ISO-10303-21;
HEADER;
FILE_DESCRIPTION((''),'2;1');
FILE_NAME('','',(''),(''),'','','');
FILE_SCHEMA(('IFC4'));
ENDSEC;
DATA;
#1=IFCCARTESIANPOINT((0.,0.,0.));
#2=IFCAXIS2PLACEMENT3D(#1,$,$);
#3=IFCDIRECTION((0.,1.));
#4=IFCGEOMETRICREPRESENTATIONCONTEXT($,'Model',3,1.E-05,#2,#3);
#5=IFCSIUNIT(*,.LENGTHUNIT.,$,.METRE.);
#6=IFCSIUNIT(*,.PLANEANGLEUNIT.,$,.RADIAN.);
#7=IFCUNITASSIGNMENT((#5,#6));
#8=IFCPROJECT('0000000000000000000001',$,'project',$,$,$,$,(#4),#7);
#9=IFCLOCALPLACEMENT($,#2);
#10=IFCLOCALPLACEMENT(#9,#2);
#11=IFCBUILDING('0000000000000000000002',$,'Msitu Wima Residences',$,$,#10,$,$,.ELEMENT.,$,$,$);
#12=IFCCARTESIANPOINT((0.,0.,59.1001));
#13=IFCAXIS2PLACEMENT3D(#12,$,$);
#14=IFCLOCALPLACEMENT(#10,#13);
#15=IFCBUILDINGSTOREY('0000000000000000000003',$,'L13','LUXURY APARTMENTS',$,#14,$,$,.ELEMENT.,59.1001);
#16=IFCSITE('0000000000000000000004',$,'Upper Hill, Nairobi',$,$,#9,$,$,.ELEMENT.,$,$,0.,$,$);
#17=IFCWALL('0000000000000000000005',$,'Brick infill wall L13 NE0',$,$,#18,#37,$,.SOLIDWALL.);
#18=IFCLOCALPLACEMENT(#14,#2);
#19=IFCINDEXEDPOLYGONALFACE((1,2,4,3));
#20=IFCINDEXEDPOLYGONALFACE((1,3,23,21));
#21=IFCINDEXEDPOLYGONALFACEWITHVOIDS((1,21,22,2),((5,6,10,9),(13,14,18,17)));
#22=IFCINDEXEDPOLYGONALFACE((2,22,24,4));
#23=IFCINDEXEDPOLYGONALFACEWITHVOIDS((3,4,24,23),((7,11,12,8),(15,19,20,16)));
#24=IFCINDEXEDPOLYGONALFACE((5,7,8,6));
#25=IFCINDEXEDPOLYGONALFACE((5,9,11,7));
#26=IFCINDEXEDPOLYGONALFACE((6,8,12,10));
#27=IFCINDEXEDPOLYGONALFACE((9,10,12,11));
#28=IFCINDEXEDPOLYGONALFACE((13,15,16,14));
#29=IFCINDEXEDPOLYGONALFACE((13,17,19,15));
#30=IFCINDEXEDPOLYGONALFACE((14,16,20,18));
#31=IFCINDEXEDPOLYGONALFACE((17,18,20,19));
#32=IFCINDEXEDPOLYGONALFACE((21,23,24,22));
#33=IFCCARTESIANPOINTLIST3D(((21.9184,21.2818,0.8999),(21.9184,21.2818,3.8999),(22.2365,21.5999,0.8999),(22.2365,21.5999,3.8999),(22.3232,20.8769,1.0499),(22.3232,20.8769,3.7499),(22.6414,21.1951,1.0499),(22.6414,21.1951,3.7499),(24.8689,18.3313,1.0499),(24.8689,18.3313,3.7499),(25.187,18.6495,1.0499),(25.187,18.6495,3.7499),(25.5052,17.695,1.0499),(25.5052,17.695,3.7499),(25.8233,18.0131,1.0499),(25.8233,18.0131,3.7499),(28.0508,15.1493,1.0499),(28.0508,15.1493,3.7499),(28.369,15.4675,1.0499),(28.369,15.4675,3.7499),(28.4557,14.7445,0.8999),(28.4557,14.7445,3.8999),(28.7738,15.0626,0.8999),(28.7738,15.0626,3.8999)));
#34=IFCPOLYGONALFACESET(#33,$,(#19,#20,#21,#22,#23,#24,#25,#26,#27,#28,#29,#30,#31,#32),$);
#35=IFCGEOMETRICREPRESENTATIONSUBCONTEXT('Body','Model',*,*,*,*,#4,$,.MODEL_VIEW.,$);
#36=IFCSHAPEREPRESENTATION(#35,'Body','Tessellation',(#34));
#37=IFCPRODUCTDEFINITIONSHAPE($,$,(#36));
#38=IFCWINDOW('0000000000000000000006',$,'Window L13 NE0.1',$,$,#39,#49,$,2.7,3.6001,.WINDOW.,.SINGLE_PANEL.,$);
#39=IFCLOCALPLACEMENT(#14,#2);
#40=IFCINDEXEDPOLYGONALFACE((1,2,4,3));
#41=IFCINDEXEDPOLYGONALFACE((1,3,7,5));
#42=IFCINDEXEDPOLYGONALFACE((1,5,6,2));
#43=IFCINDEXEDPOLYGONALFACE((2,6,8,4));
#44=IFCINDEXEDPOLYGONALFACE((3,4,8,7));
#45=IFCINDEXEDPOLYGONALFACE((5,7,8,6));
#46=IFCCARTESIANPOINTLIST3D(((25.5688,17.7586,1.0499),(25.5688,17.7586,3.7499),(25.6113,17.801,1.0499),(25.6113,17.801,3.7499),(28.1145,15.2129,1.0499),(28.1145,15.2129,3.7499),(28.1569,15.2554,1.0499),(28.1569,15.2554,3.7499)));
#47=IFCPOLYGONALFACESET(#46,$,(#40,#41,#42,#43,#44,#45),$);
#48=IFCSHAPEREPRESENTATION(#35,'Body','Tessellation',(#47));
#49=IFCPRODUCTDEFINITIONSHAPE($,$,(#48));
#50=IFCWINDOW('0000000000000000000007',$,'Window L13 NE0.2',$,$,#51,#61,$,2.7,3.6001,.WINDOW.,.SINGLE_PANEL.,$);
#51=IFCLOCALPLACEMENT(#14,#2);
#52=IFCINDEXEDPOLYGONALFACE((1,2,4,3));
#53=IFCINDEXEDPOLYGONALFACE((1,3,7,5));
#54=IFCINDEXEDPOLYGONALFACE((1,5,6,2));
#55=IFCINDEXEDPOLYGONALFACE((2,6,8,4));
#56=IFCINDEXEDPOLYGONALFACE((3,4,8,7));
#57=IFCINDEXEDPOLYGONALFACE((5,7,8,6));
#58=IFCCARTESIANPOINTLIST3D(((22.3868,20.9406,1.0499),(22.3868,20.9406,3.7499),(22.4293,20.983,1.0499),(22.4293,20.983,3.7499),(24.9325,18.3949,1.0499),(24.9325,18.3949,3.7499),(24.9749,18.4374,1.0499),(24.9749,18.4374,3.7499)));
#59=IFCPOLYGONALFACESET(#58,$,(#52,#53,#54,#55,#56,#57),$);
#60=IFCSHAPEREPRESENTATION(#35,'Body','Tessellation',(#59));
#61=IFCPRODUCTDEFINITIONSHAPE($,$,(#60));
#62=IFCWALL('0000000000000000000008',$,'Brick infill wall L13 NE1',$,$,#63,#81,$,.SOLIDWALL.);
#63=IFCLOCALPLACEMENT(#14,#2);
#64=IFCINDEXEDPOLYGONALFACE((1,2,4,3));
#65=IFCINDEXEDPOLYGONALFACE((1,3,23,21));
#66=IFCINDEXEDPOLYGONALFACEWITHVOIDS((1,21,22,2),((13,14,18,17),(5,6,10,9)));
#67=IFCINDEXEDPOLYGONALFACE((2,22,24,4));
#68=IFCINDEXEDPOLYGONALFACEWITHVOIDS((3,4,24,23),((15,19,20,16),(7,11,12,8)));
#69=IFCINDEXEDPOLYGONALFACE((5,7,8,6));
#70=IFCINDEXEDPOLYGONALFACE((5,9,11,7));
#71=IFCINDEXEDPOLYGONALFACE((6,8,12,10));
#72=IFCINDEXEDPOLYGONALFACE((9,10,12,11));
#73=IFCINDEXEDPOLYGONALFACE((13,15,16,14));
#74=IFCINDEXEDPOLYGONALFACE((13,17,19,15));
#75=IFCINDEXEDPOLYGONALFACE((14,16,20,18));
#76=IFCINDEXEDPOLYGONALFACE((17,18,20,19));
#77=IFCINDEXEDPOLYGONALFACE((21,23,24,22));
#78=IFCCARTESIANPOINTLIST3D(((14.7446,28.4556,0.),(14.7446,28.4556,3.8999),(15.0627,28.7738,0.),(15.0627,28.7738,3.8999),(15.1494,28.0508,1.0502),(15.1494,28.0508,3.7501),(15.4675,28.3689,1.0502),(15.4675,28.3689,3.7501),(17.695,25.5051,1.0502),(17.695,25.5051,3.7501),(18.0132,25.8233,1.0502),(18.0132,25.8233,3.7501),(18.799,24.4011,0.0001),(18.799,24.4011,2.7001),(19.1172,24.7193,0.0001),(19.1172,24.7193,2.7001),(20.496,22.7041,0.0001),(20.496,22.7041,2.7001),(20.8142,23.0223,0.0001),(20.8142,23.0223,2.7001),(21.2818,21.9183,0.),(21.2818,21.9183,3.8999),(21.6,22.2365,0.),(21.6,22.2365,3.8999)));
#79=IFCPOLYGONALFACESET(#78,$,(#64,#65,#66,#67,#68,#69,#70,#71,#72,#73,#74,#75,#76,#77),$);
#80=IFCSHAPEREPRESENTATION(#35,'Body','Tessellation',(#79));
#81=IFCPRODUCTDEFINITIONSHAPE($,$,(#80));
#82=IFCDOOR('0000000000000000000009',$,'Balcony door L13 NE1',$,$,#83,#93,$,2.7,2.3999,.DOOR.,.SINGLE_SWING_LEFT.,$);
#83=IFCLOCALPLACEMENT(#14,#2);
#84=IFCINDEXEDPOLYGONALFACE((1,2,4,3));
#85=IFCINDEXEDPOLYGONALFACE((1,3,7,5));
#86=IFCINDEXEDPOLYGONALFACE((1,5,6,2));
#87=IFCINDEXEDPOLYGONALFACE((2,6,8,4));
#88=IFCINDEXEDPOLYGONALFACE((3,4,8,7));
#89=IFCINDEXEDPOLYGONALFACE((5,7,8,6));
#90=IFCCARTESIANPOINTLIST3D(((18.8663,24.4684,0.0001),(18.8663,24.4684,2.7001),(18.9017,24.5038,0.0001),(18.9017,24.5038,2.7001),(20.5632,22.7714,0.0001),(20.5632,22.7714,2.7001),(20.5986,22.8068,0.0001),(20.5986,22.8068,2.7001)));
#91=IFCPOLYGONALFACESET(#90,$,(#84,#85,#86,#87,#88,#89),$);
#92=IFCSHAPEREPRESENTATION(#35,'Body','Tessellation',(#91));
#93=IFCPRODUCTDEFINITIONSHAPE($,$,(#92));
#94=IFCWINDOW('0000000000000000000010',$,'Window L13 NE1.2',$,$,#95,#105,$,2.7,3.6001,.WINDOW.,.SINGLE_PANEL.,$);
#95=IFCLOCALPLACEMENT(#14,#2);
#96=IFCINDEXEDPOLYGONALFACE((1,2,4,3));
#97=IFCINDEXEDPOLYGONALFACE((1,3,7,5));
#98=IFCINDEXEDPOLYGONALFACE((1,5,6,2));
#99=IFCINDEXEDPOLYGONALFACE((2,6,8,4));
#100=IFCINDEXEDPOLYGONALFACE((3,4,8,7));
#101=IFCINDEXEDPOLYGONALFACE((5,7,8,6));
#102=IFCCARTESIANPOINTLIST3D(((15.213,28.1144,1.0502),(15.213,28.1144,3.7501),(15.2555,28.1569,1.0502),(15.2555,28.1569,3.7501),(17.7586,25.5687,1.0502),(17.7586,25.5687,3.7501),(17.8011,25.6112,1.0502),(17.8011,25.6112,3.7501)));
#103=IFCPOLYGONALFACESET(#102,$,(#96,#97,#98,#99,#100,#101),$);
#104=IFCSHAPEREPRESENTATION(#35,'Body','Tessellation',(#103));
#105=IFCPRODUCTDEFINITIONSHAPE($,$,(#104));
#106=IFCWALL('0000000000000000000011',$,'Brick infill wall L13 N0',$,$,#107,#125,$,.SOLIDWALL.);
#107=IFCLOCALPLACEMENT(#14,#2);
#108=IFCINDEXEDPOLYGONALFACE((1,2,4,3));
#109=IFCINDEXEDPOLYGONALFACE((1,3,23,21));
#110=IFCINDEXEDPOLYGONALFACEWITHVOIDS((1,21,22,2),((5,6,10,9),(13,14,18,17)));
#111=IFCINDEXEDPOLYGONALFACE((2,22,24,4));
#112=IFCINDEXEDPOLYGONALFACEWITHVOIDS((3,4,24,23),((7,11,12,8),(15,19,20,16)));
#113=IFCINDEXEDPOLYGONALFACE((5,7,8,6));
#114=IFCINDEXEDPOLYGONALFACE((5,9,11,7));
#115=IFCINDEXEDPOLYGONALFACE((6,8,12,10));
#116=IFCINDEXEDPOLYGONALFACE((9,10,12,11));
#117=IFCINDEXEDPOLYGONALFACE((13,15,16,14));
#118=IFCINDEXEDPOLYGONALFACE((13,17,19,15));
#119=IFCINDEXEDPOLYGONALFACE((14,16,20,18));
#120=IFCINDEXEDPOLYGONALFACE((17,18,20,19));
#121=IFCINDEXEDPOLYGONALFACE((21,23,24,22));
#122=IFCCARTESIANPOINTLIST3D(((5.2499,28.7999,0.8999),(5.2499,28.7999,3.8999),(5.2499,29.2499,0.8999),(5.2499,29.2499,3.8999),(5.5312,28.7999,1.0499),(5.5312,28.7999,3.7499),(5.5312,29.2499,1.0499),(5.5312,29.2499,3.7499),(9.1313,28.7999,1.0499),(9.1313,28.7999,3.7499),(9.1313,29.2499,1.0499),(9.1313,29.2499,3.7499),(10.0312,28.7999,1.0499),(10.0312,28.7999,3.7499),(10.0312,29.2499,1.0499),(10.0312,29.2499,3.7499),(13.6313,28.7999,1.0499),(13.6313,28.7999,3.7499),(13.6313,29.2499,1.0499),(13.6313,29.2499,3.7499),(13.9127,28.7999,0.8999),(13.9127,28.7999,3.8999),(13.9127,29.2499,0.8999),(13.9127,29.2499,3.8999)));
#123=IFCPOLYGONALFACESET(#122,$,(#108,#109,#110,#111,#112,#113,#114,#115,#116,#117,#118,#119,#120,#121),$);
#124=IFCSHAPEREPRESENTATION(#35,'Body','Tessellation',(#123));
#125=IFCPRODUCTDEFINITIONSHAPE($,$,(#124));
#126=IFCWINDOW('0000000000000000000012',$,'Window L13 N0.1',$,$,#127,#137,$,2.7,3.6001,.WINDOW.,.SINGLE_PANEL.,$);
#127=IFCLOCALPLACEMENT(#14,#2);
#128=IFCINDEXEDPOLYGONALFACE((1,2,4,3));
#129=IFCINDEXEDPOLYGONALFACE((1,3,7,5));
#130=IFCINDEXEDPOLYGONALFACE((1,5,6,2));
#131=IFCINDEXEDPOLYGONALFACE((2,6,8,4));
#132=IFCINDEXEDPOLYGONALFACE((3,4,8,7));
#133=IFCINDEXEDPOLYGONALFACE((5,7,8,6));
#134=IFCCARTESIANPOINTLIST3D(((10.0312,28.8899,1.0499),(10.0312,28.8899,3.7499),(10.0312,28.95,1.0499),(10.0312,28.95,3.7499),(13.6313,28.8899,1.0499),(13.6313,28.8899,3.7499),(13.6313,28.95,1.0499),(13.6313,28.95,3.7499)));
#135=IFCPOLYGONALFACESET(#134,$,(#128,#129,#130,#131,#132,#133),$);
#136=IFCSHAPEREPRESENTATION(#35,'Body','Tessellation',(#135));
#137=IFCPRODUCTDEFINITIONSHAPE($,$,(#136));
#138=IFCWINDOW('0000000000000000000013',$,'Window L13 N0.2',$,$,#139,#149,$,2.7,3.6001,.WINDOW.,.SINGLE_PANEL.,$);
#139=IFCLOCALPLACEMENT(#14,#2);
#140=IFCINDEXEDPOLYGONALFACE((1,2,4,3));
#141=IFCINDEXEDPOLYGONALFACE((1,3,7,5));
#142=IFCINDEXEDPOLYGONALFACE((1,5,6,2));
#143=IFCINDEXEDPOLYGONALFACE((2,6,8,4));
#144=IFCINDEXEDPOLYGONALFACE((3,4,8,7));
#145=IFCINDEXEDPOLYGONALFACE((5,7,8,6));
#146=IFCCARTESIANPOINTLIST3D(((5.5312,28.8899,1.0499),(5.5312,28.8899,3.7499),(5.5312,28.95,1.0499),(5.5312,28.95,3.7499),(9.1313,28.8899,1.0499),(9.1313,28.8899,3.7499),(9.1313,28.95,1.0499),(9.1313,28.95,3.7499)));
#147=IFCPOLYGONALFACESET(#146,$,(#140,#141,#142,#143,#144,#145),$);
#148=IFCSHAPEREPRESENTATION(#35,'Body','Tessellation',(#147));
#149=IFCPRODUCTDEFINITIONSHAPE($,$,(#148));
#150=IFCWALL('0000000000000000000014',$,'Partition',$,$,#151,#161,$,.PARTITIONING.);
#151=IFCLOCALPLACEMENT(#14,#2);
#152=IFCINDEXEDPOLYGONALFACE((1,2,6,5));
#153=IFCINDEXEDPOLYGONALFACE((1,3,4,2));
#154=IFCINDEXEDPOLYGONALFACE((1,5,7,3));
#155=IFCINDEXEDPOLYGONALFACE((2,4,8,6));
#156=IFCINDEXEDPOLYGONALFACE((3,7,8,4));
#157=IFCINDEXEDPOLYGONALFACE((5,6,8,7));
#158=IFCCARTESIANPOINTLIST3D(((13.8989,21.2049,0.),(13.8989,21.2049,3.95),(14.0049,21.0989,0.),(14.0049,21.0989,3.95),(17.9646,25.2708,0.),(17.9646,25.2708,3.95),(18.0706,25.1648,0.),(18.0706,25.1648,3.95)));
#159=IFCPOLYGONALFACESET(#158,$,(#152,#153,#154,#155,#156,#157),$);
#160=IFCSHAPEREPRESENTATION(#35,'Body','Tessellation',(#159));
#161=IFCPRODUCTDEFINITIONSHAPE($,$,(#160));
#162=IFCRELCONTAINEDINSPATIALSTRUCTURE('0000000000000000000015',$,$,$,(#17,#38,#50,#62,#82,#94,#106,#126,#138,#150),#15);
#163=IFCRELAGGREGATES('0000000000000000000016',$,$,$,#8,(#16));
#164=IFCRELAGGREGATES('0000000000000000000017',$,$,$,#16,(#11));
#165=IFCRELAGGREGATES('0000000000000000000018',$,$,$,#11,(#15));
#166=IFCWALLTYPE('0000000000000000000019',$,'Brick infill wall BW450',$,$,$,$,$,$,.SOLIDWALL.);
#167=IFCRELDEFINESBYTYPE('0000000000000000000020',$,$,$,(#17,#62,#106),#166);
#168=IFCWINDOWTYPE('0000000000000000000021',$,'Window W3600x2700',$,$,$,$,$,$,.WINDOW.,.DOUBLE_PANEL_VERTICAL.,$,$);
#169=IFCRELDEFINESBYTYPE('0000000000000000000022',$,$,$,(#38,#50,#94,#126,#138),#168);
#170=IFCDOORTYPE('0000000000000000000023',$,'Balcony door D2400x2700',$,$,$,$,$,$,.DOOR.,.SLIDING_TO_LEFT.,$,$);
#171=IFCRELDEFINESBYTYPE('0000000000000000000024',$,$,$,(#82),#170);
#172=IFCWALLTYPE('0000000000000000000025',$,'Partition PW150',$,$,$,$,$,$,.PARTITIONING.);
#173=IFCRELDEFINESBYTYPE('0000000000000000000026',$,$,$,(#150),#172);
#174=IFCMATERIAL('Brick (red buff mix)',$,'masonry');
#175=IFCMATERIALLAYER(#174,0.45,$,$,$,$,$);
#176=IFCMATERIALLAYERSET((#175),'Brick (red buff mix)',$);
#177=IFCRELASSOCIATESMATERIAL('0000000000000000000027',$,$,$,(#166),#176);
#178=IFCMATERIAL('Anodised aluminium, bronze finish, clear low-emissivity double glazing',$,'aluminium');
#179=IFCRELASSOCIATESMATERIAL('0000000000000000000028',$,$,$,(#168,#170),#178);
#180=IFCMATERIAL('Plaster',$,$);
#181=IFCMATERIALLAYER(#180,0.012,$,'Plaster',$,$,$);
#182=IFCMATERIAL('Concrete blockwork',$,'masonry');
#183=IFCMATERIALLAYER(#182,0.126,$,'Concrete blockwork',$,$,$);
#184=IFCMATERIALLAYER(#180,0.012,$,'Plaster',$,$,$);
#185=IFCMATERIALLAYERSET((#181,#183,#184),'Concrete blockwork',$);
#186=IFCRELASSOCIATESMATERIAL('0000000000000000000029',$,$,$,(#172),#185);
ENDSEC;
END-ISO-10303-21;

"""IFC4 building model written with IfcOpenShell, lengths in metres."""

from ifc_helpers import new_model, si_unit, direction, frame, frame_2d, origin, place, context, subcontext, project, spatial, rectangle, extrude, material, layer, layer_set, type_object, element, fill, save


model = new_model("IFC4")

# Units and contexts
model_context = context("Model", 3, precision=1e-05, world=origin(), true_north=direction((0.0, 1.0)))
body_context = subcontext(model_context, "Body", "Model", "MODEL_VIEW")
ifc_project = project(units=[si_unit("LENGTHUNIT", "METRE"), si_unit("PLANEANGLEUNIT", "RADIAN")], contexts=[model_context])

# Site, building, storey
site_placement = place(None, origin())
site = spatial("IfcSite", under=ifc_project, at=site_placement, Name="Upper Hill, Nairobi", CompositionType="ELEMENT", RefElevation=0.0)
building_placement = place(site_placement, origin())
building = spatial("IfcBuilding", under=site, at=building_placement, Name="Msitu Wima Residences", CompositionType="ELEMENT")
storey_placement = place(building_placement, frame((0.0, 0.0, 59.1001)))
storey = spatial("IfcBuildingStorey", under=building, at=storey_placement, Name="L13", Description="LUXURY APARTMENTS", CompositionType="ELEMENT", Elevation=59.1001)

# Wall, openings, windows
ifc_material_1 = material(Name="Brick (red buff mix)", Category="masonry")
ifc_layer_1 = layer(ifc_material_1, 0.45)
ifc_layer_set_1 = layer_set([ifc_layer_1], Name="Brick (red buff mix)")
wall_type_1 = type_object("IfcWallType", Name="Brick infill wall BW450", PredefinedType="SOLIDWALL", material=ifc_layer_set_1)
wall_1_placement = place(storey_placement, frame((28.6147, 14.9036, 0.8999), z_axis=(0.0, 0.0, 1.0), x_axis=(-0.707107, 0.707107, 0.0)))
wall_1 = element("IfcWall", 1, at=wall_1_placement, inside=storey, type_object=wall_type_1, Name="Brick infill wall L13 NE0", PredefinedType="SOLIDWALL", context=body_context, shape_type="SweptSolid", body=[
    extrude(rectangle(XDim=9.2451, YDim=0.45, at=frame_2d((4.6226, 0.0))), origin(), (0.0, 0.0, 1.0), 3.0),
])
opening_1_placement = place(wall_1_placement, frame((0.5725, 0.0, 0.1499)))
opening_1 = element("IfcOpeningElement", 2, at=opening_1_placement, cuts=wall_1, PredefinedType="OPENING", context=body_context, shape_type="SweptSolid", body=[
    extrude(rectangle(XDim=3.6001, YDim=2.7, at=frame_2d((1.8, 1.3501))), frame((0.0, 0.2349, 0.0), z_axis=(0.0, -1.0, 0.0), x_axis=(1.0, 0.0, 0.0)), (0.0, 0.0, 1.0), 0.47),
])
opening_2_placement = place(wall_1_placement, frame((5.0725, 0.0, 0.1499)))
opening_2 = element("IfcOpeningElement", 3, at=opening_2_placement, cuts=wall_1, PredefinedType="OPENING", context=body_context, shape_type="SweptSolid", body=[
    extrude(rectangle(XDim=3.6001, YDim=2.7, at=frame_2d((1.8, 1.3501))), frame((0.0, 0.2349, 0.0), z_axis=(0.0, -1.0, 0.0), x_axis=(1.0, 0.0, 0.0)), (0.0, 0.0, 1.0), 0.47),
])
ifc_material_2 = material(Name="Anodised aluminium, bronze finish, clear low-emissivity double glazing", Category="aluminium")
window_type = type_object("IfcWindowType", Name="Window W3600x2700", PartitioningType="DOUBLE_PANEL_VERTICAL", PredefinedType="WINDOW", material=ifc_material_2)
window_1_placement = place(opening_1_placement, origin())
window_1 = element("IfcWindow", 4, at=window_1_placement, inside=storey, type_object=window_type, Name="Window L13 NE0.1", OverallHeight=2.7, OverallWidth=3.6001, PartitioningType="SINGLE_PANEL", PredefinedType="WINDOW", context=body_context, shape_type="SweptSolid", body=[
    extrude(rectangle(XDim=3.6001, YDim=2.7, at=frame_2d((1.8, 1.3501))), frame((0.0, 0.135, 0.0), z_axis=(0.0, -1.0, 0.0), x_axis=(1.0, 0.0, 0.0)), (0.0, 0.0, 1.0), 0.0601),
])
fill(opening_1, window_1)
window_2_placement = place(opening_2_placement, origin())
window_2 = element("IfcWindow", 5, at=window_2_placement, inside=storey, type_object=window_type, Name="Window L13 NE0.2", OverallHeight=2.7, OverallWidth=3.6001, PartitioningType="SINGLE_PANEL", PredefinedType="WINDOW", context=body_context, shape_type="SweptSolid", body=[
    extrude(rectangle(XDim=3.6001, YDim=2.7, at=frame_2d((1.8, 1.3501))), frame((0.0, 0.135, 0.0), z_axis=(0.0, -1.0, 0.0), x_axis=(1.0, 0.0, 0.0)), (0.0, 0.0, 1.0), 0.0601),
])
fill(opening_2, window_2)

# Wall, openings, door, window
wall_2_placement = place(storey_placement, frame((21.4409, 22.0774, 0.0), z_axis=(0.0, 0.0, 1.0), x_axis=(-0.707107, 0.707107, 0.0)))
wall_2 = element("IfcWall", 6, at=wall_2_placement, inside=storey, type_object=wall_type_1, Name="Brick infill wall L13 NE1", PredefinedType="SOLIDWALL", context=body_context, shape_type="SweptSolid", body=[
    extrude(rectangle(XDim=9.2451, YDim=0.45, at=frame_2d((4.6226, 0.0))), origin(), (0.0, 0.0, 1.0), 3.8999),
])
opening_3_placement = place(wall_2_placement, frame((1.1113, 0.0, 0.0)))
opening_3 = element("IfcOpeningElement", 7, at=opening_3_placement, cuts=wall_2, PredefinedType="OPENING", context=body_context, shape_type="SweptSolid", body=[
    extrude(rectangle(XDim=2.3999, YDim=2.7, at=frame_2d((1.2, 1.3501))), frame((0.0, 0.2349, 0.0), z_axis=(0.0, -1.0, 0.0), x_axis=(1.0, 0.0, 0.0)), (0.0, 0.0, 1.0), 0.47),
])
opening_4_placement = place(wall_2_placement, frame((5.0725, 0.0, 1.05)))
opening_4 = element("IfcOpeningElement", 8, at=opening_4_placement, cuts=wall_2, PredefinedType="OPENING", context=body_context, shape_type="SweptSolid", body=[
    extrude(rectangle(XDim=3.6001, YDim=2.7, at=frame_2d((1.8, 1.3501))), frame((0.0, 0.2349, 0.0), z_axis=(0.0, -1.0, 0.0), x_axis=(1.0, 0.0, 0.0)), (0.0, 0.0, 1.0), 0.47),
])
door_type_1 = type_object("IfcDoorType", Name="Balcony door D2400x2700", OperationType="SLIDING_TO_LEFT", PredefinedType="DOOR", material=ifc_material_2)
door_1_placement = place(opening_3_placement, origin())
door_1 = element("IfcDoor", 9, at=door_1_placement, inside=storey, type_object=door_type_1, Name="Balcony door L13 NE1", OperationType="SINGLE_SWING_LEFT", OverallHeight=2.7, OverallWidth=2.3999, PredefinedType="DOOR", context=body_context, shape_type="SweptSolid", body=[
    extrude(rectangle(XDim=2.3999, YDim=2.7, at=frame_2d((1.2, 1.3501))), frame((0.0, 0.1299, 0.0), z_axis=(0.0, -1.0, 0.0), x_axis=(1.0, 0.0, 0.0)), (0.0, 0.0, 1.0), 0.05),
])
fill(opening_3, door_1)
window_3_placement = place(opening_4_placement, origin())
window_3 = element("IfcWindow", 10, at=window_3_placement, inside=storey, type_object=window_type, Name="Window L13 NE1.2", OverallHeight=2.7, OverallWidth=3.6001, PartitioningType="SINGLE_PANEL", PredefinedType="WINDOW", context=body_context, shape_type="SweptSolid", body=[
    extrude(rectangle(XDim=3.6001, YDim=2.7, at=frame_2d((1.8, 1.3501))), frame((0.0, 0.135, 0.0), z_axis=(0.0, -1.0, 0.0), x_axis=(1.0, 0.0, 0.0)), (0.0, 0.0, 1.0), 0.0601),
])
fill(opening_4, window_3)

# Wall, openings, windows
wall_3_placement = place(storey_placement, frame((13.9128, 29.0249, 0.8999), z_axis=(0.0, 0.0, 1.0), x_axis=(-1.0, 0.0, 0.0)))
wall_3 = element("IfcWall", 11, at=wall_3_placement, inside=storey, type_object=wall_type_1, Name="Brick infill wall L13 N0", PredefinedType="SOLIDWALL", context=body_context, shape_type="SweptSolid", body=[
    extrude(rectangle(XDim=8.6628, YDim=0.45, at=frame_2d((4.3315, 0.0))), origin(), (0.0, 0.0, 1.0), 3.0),
])
opening_5_placement = place(wall_3_placement, frame((0.2815, 0.0, 0.1499)))
opening_5 = element("IfcOpeningElement", 12, at=opening_5_placement, cuts=wall_3, PredefinedType="OPENING", context=body_context, shape_type="SweptSolid", body=[
    extrude(rectangle(XDim=3.6001, YDim=2.7, at=frame_2d((1.8, 1.3501))), frame((0.0, 0.2349, 0.0), z_axis=(0.0, -1.0, 0.0), x_axis=(1.0, 0.0, 0.0)), (0.0, 0.0, 1.0), 0.47),
])
opening_6_placement = place(wall_3_placement, frame((4.7815, 0.0, 0.1499)))
opening_6 = element("IfcOpeningElement", 13, at=opening_6_placement, cuts=wall_3, PredefinedType="OPENING", context=body_context, shape_type="SweptSolid", body=[
    extrude(rectangle(XDim=3.6001, YDim=2.7, at=frame_2d((1.8, 1.3501))), frame((0.0, 0.2349, 0.0), z_axis=(0.0, -1.0, 0.0), x_axis=(1.0, 0.0, 0.0)), (0.0, 0.0, 1.0), 0.47),
])
window_4_placement = place(opening_5_placement, origin())
window_4 = element("IfcWindow", 14, at=window_4_placement, inside=storey, type_object=window_type, Name="Window L13 N0.1", OverallHeight=2.7, OverallWidth=3.6001, PartitioningType="SINGLE_PANEL", PredefinedType="WINDOW", context=body_context, shape_type="SweptSolid", body=[
    extrude(rectangle(XDim=3.6001, YDim=2.7, at=frame_2d((1.8, 1.3501))), frame((0.0, 0.135, 0.0), z_axis=(0.0, -1.0, 0.0), x_axis=(1.0, 0.0, 0.0)), (0.0, 0.0, 1.0), 0.0601),
])
fill(opening_5, window_4)
window_5_placement = place(opening_6_placement, origin())
window_5 = element("IfcWindow", 15, at=window_5_placement, inside=storey, type_object=window_type, Name="Window L13 N0.2", OverallHeight=2.7, OverallWidth=3.6001, PartitioningType="SINGLE_PANEL", PredefinedType="WINDOW", context=body_context, shape_type="SweptSolid", body=[
    extrude(rectangle(XDim=3.6001, YDim=2.7, at=frame_2d((1.8, 1.3501))), frame((0.0, 0.135, 0.0), z_axis=(0.0, -1.0, 0.0), x_axis=(1.0, 0.0, 0.0)), (0.0, 0.0, 1.0), 0.0601),
])
fill(opening_6, window_5)

# Wall
ifc_material_3 = material(Name="Plaster")
ifc_layer_2 = layer(ifc_material_3, 0.012, Name="Plaster")
ifc_material_4 = material(Name="Concrete blockwork", Category="masonry")
ifc_layer_3 = layer(ifc_material_4, 0.126, Name="Concrete blockwork")
ifc_layer_4 = layer(ifc_material_3, 0.012, Name="Plaster")
ifc_layer_set_2 = layer_set([ifc_layer_2, ifc_layer_3, ifc_layer_4], Name="Concrete blockwork")
wall_type_2 = type_object("IfcWallType", Name="Partition PW150", PredefinedType="PARTITIONING", material=ifc_layer_set_2)
wall_4_placement = place(storey_placement, frame((13.9519, 21.1519, 0.0), z_axis=(0.0, 0.0, 1.0), x_axis=(0.707086, 0.707128, 0.0)))
element("IfcWall", 16, at=wall_4_placement, inside=storey, type_object=wall_type_2, Name="Partition", PredefinedType="PARTITIONING", context=body_context, shape_type="SweptSolid", body=[
    extrude(rectangle(XDim=5.75, YDim=0.1499, at=frame_2d((2.875, 0.0))), origin(), (0.0, 0.0, 1.0), 3.95),
])

save(model, "model.ifc")
